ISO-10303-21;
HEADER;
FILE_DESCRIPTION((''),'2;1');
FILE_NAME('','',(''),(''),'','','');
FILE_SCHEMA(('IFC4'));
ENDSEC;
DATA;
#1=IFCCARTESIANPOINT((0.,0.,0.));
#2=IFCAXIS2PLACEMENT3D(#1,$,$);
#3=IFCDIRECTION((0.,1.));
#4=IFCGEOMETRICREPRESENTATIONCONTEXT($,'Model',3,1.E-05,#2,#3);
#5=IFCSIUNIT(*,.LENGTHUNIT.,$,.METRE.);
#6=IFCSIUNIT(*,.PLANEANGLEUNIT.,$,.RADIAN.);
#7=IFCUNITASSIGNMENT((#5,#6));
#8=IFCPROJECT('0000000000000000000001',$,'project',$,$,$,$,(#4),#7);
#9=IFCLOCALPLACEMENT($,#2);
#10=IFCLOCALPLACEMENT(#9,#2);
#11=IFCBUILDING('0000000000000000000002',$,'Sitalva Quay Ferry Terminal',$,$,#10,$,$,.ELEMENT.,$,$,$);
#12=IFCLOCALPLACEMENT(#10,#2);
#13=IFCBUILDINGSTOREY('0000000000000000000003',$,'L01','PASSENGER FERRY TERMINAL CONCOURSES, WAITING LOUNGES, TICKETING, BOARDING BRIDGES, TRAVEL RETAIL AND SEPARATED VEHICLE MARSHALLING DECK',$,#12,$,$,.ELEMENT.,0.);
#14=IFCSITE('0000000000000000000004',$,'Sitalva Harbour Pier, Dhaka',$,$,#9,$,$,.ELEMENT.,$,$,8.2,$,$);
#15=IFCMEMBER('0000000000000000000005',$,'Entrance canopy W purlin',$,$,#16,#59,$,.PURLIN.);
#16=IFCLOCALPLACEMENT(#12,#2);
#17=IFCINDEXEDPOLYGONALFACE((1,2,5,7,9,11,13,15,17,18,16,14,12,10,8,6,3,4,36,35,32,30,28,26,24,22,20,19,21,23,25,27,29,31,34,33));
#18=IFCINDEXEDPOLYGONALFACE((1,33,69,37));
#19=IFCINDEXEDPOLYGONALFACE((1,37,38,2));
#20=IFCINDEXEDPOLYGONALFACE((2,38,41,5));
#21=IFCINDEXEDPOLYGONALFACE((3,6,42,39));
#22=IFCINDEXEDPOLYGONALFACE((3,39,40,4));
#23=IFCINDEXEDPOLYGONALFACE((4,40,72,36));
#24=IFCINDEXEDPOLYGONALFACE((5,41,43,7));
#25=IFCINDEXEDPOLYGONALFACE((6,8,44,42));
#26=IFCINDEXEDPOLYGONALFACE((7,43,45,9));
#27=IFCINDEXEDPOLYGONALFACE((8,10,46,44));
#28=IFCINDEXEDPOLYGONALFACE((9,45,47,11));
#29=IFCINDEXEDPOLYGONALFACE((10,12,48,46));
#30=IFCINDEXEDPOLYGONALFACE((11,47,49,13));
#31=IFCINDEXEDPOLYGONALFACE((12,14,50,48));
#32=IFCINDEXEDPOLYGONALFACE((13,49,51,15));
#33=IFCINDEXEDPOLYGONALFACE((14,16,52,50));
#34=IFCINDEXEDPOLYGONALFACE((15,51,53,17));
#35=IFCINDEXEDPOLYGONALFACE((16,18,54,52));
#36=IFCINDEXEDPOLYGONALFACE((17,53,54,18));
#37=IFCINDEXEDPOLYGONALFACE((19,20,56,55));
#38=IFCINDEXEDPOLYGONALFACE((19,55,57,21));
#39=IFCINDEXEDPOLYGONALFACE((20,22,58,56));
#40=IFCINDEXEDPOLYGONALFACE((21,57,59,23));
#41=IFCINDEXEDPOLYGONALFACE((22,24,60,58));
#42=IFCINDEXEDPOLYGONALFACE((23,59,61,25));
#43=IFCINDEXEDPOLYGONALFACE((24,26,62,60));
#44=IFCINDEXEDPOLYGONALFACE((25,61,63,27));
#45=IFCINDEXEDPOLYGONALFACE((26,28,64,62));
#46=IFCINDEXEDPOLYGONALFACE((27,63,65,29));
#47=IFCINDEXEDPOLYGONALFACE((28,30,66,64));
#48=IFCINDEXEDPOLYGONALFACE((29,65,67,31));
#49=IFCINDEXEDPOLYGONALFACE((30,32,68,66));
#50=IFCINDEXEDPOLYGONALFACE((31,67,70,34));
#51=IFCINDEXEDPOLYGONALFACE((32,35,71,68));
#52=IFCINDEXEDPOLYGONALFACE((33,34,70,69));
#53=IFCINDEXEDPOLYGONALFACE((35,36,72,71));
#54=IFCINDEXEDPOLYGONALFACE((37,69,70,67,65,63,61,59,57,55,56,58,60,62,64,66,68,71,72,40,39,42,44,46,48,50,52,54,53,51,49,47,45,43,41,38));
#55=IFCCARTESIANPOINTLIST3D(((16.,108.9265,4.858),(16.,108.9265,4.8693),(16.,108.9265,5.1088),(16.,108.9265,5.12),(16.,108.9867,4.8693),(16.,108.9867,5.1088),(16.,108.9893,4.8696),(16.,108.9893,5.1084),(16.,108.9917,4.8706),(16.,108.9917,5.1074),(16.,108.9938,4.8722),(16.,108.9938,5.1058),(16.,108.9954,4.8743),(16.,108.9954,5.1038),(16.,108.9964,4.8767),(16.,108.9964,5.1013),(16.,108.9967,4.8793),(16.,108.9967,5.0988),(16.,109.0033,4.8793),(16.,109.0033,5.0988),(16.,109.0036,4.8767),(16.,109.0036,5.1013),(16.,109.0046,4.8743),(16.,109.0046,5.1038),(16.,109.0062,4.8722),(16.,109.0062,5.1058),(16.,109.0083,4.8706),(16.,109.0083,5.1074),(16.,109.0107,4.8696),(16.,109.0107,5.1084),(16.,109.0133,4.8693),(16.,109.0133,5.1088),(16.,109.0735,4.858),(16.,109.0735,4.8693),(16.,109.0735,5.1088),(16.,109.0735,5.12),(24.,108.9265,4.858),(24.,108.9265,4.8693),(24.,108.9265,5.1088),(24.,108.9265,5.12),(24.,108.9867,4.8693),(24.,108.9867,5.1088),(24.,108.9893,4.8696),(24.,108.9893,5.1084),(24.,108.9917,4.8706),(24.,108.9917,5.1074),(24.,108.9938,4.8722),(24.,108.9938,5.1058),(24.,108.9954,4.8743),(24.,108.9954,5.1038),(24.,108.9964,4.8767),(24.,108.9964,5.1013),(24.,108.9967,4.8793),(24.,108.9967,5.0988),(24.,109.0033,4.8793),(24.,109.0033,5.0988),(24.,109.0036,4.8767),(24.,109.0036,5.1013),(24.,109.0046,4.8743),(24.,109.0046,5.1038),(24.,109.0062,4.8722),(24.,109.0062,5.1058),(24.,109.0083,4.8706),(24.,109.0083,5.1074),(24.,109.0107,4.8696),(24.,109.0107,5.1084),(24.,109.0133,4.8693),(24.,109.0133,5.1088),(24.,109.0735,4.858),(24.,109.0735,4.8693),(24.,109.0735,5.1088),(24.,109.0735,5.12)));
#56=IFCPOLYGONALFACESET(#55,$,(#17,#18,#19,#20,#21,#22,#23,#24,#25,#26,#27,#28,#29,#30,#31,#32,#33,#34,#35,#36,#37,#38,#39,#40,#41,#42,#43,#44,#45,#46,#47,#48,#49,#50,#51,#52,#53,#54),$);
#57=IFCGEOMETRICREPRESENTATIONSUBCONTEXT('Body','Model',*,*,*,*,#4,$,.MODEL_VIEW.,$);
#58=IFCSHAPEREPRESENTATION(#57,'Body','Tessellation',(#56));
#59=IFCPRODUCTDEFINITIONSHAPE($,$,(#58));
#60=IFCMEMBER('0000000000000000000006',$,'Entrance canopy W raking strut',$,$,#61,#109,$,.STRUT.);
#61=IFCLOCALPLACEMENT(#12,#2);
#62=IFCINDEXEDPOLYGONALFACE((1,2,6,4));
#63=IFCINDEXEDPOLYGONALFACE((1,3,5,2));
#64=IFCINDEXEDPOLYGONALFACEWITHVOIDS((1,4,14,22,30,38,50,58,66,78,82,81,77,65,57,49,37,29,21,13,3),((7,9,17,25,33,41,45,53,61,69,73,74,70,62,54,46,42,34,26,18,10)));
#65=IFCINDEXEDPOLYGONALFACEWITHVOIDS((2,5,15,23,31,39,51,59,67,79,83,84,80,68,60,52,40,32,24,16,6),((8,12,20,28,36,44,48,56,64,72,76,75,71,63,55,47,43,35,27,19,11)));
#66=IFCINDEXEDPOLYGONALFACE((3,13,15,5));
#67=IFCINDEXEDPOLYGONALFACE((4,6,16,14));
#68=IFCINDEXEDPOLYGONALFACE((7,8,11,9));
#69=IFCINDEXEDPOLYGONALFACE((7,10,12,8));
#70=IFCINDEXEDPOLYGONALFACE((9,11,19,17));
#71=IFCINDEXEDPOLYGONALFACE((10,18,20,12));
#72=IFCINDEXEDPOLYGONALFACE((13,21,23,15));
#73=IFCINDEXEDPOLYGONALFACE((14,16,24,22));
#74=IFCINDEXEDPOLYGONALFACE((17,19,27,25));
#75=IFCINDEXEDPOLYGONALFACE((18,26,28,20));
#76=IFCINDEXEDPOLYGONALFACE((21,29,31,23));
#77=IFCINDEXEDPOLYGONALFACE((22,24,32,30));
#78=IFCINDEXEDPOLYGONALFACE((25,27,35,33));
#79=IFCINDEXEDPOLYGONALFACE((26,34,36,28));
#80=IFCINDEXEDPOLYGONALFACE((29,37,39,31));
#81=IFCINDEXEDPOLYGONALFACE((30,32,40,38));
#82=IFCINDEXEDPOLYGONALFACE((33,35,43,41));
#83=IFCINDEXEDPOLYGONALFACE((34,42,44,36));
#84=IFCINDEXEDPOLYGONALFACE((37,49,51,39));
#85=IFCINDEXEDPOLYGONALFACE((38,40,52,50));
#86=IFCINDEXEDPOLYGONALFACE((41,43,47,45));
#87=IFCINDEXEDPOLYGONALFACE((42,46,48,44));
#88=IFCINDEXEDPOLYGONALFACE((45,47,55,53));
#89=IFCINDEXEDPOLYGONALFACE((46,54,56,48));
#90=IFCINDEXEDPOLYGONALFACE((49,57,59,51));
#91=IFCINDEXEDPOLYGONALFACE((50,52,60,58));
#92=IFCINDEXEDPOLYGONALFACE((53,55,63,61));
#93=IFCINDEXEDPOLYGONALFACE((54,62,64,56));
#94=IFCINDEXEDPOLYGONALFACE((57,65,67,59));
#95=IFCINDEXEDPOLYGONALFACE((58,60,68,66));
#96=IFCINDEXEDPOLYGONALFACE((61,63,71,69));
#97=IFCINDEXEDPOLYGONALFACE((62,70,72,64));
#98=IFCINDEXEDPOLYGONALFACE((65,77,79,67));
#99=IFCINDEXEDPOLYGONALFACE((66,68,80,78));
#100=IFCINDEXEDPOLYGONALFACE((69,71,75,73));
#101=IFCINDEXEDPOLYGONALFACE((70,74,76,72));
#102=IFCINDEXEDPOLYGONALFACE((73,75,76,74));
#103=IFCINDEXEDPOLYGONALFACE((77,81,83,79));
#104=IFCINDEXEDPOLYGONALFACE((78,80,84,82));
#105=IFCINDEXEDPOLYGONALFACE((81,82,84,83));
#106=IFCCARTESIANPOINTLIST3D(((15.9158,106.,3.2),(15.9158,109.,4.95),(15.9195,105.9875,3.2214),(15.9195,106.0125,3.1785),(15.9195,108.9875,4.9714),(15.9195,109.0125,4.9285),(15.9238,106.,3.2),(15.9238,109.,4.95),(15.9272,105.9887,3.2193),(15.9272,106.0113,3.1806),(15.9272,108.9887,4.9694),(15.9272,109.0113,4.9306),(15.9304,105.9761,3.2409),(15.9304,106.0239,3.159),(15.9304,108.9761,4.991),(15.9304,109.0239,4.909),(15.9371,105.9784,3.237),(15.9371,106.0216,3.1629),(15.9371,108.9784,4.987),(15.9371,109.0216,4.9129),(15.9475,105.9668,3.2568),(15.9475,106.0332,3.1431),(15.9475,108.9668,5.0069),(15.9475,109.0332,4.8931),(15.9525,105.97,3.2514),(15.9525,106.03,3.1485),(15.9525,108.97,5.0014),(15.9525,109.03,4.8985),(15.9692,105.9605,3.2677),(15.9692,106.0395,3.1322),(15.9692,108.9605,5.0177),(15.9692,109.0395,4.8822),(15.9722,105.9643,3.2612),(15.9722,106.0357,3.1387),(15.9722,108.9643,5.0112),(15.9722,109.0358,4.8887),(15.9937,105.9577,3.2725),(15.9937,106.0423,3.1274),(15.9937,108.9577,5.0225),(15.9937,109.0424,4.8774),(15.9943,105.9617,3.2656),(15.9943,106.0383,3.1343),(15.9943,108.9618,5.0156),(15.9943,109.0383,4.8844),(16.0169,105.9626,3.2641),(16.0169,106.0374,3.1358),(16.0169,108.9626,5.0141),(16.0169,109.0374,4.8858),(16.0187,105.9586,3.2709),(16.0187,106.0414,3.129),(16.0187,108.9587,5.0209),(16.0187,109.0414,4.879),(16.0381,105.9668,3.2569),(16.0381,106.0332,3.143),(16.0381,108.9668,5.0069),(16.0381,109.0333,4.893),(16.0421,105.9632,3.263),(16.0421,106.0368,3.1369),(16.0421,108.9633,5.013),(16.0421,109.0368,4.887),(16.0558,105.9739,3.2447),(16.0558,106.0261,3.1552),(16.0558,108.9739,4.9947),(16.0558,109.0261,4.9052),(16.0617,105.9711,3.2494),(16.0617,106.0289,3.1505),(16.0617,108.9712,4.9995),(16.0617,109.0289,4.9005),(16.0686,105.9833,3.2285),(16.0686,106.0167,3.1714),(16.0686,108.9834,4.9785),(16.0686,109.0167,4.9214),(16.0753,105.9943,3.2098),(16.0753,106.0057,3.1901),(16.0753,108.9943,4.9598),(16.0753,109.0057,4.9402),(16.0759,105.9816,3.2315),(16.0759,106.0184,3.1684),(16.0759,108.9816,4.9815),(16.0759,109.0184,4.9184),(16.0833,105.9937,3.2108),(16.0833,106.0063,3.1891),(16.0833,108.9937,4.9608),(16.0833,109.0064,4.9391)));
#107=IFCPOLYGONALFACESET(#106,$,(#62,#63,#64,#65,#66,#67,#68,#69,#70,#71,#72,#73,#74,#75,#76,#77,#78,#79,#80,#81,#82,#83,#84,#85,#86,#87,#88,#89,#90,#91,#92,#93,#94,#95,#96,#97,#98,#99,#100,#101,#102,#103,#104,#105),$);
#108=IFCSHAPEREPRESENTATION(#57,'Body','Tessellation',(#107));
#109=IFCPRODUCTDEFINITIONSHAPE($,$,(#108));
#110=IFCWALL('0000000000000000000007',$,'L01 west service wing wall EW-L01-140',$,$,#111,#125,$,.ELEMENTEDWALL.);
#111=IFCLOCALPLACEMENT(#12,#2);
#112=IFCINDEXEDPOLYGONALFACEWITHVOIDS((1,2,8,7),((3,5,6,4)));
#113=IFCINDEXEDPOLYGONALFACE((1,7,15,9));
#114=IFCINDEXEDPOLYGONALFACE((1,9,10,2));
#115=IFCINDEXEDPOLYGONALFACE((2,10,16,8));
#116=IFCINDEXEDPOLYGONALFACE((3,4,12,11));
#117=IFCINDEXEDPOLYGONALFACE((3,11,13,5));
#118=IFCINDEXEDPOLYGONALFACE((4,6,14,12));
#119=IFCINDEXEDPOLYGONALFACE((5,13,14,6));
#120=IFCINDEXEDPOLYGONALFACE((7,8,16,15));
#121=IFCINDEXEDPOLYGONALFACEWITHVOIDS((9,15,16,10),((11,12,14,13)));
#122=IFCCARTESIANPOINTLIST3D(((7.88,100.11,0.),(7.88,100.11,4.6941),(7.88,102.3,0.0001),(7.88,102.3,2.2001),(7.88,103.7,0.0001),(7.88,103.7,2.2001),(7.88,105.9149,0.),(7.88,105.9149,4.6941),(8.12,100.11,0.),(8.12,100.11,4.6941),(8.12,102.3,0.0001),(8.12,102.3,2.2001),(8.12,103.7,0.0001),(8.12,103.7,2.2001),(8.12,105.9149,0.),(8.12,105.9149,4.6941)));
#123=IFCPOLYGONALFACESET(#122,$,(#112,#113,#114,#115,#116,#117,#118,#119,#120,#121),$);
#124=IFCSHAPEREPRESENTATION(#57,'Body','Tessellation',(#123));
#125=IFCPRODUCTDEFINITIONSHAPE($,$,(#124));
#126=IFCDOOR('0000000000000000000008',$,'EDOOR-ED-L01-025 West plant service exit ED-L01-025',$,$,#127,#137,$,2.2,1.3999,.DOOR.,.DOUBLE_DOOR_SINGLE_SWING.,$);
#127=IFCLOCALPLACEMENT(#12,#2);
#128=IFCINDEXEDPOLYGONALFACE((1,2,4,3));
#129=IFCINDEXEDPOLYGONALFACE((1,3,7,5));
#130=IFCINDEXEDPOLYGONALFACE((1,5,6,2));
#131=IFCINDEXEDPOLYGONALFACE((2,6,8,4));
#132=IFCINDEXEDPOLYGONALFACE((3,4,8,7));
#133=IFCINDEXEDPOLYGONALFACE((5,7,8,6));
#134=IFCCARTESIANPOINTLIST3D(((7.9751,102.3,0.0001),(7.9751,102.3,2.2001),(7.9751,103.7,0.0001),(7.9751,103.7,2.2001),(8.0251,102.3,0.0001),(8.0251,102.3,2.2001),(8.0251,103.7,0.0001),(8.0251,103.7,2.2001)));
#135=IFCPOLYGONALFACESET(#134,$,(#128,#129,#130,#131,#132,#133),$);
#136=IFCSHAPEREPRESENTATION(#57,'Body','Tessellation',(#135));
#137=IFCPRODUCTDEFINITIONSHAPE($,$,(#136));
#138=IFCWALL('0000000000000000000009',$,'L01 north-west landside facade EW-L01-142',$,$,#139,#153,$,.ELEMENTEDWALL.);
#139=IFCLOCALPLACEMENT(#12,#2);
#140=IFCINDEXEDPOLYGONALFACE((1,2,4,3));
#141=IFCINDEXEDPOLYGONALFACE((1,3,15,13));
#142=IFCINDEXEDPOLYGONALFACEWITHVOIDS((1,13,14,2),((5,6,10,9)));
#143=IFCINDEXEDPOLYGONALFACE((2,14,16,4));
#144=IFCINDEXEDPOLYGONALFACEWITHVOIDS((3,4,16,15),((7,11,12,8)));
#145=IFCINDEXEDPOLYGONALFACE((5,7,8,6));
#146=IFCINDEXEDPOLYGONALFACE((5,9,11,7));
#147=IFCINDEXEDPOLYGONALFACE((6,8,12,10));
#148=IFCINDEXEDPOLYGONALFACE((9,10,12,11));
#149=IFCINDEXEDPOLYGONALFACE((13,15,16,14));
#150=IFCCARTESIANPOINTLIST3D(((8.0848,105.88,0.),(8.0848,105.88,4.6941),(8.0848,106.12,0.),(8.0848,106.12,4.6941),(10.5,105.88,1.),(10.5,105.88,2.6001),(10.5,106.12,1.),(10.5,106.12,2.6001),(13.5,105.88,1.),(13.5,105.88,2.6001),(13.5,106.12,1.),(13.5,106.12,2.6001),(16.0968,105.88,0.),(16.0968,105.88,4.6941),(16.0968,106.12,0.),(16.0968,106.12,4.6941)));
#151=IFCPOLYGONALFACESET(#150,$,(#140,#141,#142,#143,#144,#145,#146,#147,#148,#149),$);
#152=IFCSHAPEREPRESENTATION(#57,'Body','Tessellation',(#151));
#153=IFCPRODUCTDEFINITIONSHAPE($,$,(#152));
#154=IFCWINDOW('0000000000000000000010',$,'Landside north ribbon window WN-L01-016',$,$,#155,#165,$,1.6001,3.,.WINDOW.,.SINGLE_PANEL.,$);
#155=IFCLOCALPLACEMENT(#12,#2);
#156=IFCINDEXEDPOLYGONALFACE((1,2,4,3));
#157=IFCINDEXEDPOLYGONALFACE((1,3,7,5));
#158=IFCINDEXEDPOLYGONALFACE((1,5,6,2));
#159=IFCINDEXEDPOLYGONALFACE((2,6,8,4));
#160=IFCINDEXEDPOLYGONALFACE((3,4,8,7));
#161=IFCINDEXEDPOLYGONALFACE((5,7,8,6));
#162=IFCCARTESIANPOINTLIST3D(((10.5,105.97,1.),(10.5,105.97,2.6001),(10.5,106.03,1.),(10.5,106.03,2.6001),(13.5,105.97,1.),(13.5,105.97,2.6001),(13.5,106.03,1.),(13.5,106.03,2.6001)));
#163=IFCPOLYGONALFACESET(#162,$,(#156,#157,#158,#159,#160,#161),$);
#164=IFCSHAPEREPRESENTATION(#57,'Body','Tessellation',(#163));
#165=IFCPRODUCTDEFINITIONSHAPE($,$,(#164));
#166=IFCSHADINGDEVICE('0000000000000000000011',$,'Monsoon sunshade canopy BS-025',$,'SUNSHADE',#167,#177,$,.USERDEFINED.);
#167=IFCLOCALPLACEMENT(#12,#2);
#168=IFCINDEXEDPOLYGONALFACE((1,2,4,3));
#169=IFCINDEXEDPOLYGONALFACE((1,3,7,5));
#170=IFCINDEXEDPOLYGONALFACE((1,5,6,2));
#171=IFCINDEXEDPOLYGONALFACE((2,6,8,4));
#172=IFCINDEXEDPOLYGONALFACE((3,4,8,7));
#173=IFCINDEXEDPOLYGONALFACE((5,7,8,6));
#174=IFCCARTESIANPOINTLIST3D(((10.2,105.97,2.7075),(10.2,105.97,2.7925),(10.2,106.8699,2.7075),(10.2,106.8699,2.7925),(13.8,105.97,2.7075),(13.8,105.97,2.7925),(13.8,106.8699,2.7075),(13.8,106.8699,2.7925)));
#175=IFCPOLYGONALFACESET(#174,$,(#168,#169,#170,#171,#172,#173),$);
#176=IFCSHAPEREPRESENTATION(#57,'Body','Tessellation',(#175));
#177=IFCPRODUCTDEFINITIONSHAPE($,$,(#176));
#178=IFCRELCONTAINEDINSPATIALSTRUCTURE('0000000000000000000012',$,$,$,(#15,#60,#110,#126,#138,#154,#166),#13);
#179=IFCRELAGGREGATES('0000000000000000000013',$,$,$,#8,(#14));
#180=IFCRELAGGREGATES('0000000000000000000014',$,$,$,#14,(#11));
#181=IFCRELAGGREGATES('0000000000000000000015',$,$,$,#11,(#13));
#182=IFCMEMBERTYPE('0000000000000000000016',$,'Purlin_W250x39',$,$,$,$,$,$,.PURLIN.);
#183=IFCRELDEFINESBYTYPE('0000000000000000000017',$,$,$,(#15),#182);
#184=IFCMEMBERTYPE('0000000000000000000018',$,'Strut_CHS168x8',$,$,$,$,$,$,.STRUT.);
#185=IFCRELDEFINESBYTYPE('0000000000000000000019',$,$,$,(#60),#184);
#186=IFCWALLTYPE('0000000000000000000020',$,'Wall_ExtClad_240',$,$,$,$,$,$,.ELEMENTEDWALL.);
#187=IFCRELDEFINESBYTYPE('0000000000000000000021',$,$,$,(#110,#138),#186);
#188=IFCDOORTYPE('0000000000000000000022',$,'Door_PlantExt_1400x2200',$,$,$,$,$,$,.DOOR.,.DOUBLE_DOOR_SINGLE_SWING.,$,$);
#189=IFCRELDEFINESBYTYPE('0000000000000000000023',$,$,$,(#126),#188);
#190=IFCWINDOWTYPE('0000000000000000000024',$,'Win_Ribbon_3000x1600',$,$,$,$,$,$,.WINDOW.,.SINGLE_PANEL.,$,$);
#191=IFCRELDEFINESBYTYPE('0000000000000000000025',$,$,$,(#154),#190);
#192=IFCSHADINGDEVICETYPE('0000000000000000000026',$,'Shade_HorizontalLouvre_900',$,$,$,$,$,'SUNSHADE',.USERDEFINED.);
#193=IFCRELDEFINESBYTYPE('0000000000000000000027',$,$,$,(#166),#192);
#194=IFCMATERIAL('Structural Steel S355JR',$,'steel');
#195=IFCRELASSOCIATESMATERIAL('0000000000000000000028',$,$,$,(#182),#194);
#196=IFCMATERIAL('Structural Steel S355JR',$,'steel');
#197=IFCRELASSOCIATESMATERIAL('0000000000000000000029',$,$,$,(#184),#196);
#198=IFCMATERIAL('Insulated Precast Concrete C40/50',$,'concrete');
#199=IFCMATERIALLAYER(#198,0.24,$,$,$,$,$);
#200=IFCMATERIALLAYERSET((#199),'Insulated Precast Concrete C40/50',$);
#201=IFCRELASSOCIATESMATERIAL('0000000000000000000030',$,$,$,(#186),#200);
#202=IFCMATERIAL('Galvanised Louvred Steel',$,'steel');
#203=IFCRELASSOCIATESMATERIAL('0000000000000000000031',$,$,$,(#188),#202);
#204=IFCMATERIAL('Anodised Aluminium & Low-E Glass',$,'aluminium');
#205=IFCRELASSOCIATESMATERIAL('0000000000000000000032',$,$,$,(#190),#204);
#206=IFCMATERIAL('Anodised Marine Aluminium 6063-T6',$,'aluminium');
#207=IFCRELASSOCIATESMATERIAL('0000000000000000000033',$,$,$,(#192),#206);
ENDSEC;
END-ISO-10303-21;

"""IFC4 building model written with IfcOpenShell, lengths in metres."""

from ifc_helpers import new_model, si_unit, direction, frame, frame_2d, origin, origin_2d, place, context, subcontext, project, spatial, rectangle, hollow_circle, i_section, extrude, material, layer, layer_set, material_profile, profile_set, type_object, element, fill, save


model = new_model("IFC4")

# Units and contexts
model_context = context("Model", 3, precision=1e-05, world=origin(), true_north=direction((0.0, 1.0)))
body_context = subcontext(model_context, "Body", "Model", "MODEL_VIEW")
ifc_project = project(units=[si_unit("LENGTHUNIT", "METRE"), si_unit("PLANEANGLEUNIT", "RADIAN")], contexts=[model_context])

# Site, building, storey
site_placement = place(None, origin())
site = spatial("IfcSite", under=ifc_project, at=site_placement, Name="Sitalva Harbour Pier, Dhaka", CompositionType="ELEMENT", RefElevation=8.2)
building_placement = place(site_placement, origin())
building = spatial("IfcBuilding", under=site, at=building_placement, Name="Sitalva Quay Ferry Terminal", CompositionType="ELEMENT")
storey_placement = place(building_placement, origin())
storey = spatial("IfcBuildingStorey", under=building, at=storey_placement, Name="L01", Description="PASSENGER FERRY TERMINAL CONCOURSES, WAITING LOUNGES, TICKETING, BOARDING BRIDGES, TRAVEL RETAIL AND SEPARATED VEHICLE MARSHALLING DECK", CompositionType="ELEMENT", Elevation=0.0)

# Members
ifc_material_1 = material(Name="Structural Steel S355JR", Category="steel")
ifc_material_profile_1 = material_profile(ifc_material_1, i_section(OverallWidth=0.147, OverallDepth=0.262, WebThickness=0.0066, FlangeThickness=0.0112, FilletRadius=0.01, at=origin_2d()), Name="W250x39")
ifc_profile_set_1 = profile_set([ifc_material_profile_1], Name="Structural Steel S355JR")
member_type_1 = type_object("IfcMemberType", Name="Purlin_W250x39", PredefinedType="PURLIN", material=ifc_profile_set_1)
for number, where, z_axis, x_axis, name in (
    (1, (16.0, 109.0, 4.989), (1.0, 0.0, 0.0), (0.0, 1.0, 0.0), "Entrance canopy W purlin"),
):
    element("IfcMember", number, at=place(storey_placement, frame(where, z_axis=z_axis, x_axis=x_axis)), inside=storey, type_object=member_type_1, Name=name, PredefinedType="PURLIN", context=body_context, shape_type="SweptSolid", body=[
        extrude(i_section(OverallWidth=0.147, OverallDepth=0.262, WebThickness=0.0066, FlangeThickness=0.0112, FilletRadius=0.01, at=origin_2d()), origin(), (0.0, 0.0, 1.0), 8.0),
    ])
ifc_material_2 = material(Name="Structural Steel S355JR", Category="steel")
ifc_material_profile_2 = material_profile(ifc_material_2, hollow_circle(Radius=0.0842, WallThickness=0.0081, at=origin_2d()), Name="CHS168x8")
ifc_profile_set_2 = profile_set([ifc_material_profile_2], Name="Structural Steel S355JR")
member_type_2 = type_object("IfcMemberType", Name="Strut_CHS168x8", PredefinedType="STRUT", material=ifc_profile_set_2)
member_placement = place(storey_placement, frame((16.0, 106.0, 3.2), z_axis=(0.0, 0.863779, 0.503871), x_axis=(-1.0, 0.0, 0.0)))
element("IfcMember", 2, at=member_placement, inside=storey, type_object=member_type_2, Name="Entrance canopy W raking strut", PredefinedType="STRUT", context=body_context, shape_type="SweptSolid", body=[
    extrude(hollow_circle(Radius=0.0842, WallThickness=0.0081, at=origin_2d()), origin(), (0.0, 0.0, 1.0), 3.4731),
])

# Wall, opening, door
ifc_material_3 = material(Name="Insulated Precast Concrete C40/50", Category="concrete")
ifc_layer = layer(ifc_material_3, 0.24)
ifc_layer_set = layer_set([ifc_layer], Name="Insulated Precast Concrete C40/50")
wall_type = type_object("IfcWallType", Name="Wall_ExtClad_240", PredefinedType="ELEMENTEDWALL", material=ifc_layer_set)
wall_1_placement = place(storey_placement, frame((8.0, 100.1101, 0.0), z_axis=(0.0, 0.0, 1.0), x_axis=(0.0, 1.0, 0.0)))
wall_1 = element("IfcWall", 3, at=wall_1_placement, inside=storey, type_object=wall_type, Name="L01 west service wing wall EW-L01-140", PredefinedType="ELEMENTEDWALL", context=body_context, shape_type="SweptSolid", body=[
    extrude(rectangle(XDim=5.8049, YDim=0.24, at=frame_2d((2.9023, 0.0))), origin(), (0.0, 0.0, 1.0), 4.6941),
])
opening_1_placement = place(wall_1_placement, frame((2.1899, 0.0, 0.0)))
opening_1 = element("IfcOpeningElement", 4, at=opening_1_placement, cuts=wall_1, PredefinedType="OPENING", context=body_context, shape_type="SweptSolid", body=[
    extrude(rectangle(XDim=1.3999, YDim=2.2, at=frame_2d((0.7, 1.1001))), frame((0.0, 0.1299, 0.0), z_axis=(0.0, -1.0, 0.0), x_axis=(1.0, 0.0, 0.0)), (0.0, 0.0, 1.0), 0.26),
])
ifc_material_4 = material(Name="Galvanised Louvred Steel", Category="steel")
door_type = type_object("IfcDoorType", Name="Door_PlantExt_1400x2200", OperationType="DOUBLE_DOOR_SINGLE_SWING", PredefinedType="DOOR", material=ifc_material_4)
door_placement = place(opening_1_placement, origin())
door = element("IfcDoor", 5, at=door_placement, inside=storey, type_object=door_type, Name="EDOOR-ED-L01-025 West plant service exit ED-L01-025", OperationType="DOUBLE_DOOR_SINGLE_SWING", OverallHeight=2.2, OverallWidth=1.3999, PredefinedType="DOOR", context=body_context, shape_type="SweptSolid", body=[
    extrude(rectangle(XDim=1.3999, YDim=2.2, at=frame_2d((0.7, 1.1001))), frame((0.0, 0.0249, 0.0), z_axis=(0.0, -1.0, 0.0), x_axis=(1.0, 0.0, 0.0)), (0.0, 0.0, 1.0), 0.05),
])
fill(opening_1, door)

# Wall, opening, window
wall_2_placement = place(storey_placement, frame((8.085, 106.0, 0.0), z_axis=(0.0, 0.0, 1.0), x_axis=(1.0, 0.0, 0.0)))
wall_2 = element("IfcWall", 6, at=wall_2_placement, inside=storey, type_object=wall_type, Name="L01 north-west landside facade EW-L01-142", PredefinedType="ELEMENTEDWALL", context=body_context, shape_type="SweptSolid", body=[
    extrude(rectangle(XDim=8.012, YDim=0.24, at=frame_2d((4.0059, 0.0))), origin(), (0.0, 0.0, 1.0), 4.6941),
])
opening_2_placement = place(wall_2_placement, frame((2.415, 0.0, 1.0)))
opening_2 = element("IfcOpeningElement", 7, at=opening_2_placement, cuts=wall_2, PredefinedType="OPENING", context=body_context, shape_type="SweptSolid", body=[
    extrude(rectangle(XDim=3.0, YDim=1.6001, at=frame_2d((1.5, 0.8))), frame((0.0, 0.1299, 0.0), z_axis=(0.0, -1.0, 0.0), x_axis=(1.0, 0.0, 0.0)), (0.0, 0.0, 1.0), 0.26),
])
ifc_material_5 = material(Name="Anodised Aluminium & Low-E Glass", Category="aluminium")
window_type = type_object("IfcWindowType", Name="Win_Ribbon_3000x1600", PartitioningType="SINGLE_PANEL", PredefinedType="WINDOW", material=ifc_material_5)
window_placement = place(opening_2_placement, origin())
window = element("IfcWindow", 8, at=window_placement, inside=storey, type_object=window_type, Name="Landside north ribbon window WN-L01-016", OverallHeight=1.6001, OverallWidth=3.0, PartitioningType="SINGLE_PANEL", PredefinedType="WINDOW", context=body_context, shape_type="SweptSolid", body=[
    extrude(rectangle(XDim=3.0, YDim=1.6001, at=frame_2d((1.5, 0.8))), frame((0.0, 0.03, 0.0), z_axis=(0.0, -1.0, 0.0), x_axis=(1.0, 0.0, 0.0)), (0.0, 0.0, 1.0), 0.0601),
])
fill(opening_2, window)

# Shading device
ifc_material_6 = material(Name="Anodised Marine Aluminium 6063-T6", Category="aluminium")
shading_device_type = type_object("IfcShadingDeviceType", Name="Shade_HorizontalLouvre_900", ElementType="SUNSHADE", PredefinedType="USERDEFINED", material=ifc_material_6)
shading_device_placement = place(storey_placement, frame((12.0, 106.4199, 2.7075), z_axis=(0.0, 0.0, 1.0), x_axis=(1.0, 0.0, 0.0)))
element("IfcShadingDevice", 9, at=shading_device_placement, inside=storey, type_object=shading_device_type, Name="Monsoon sunshade canopy BS-025", ObjectType="SUNSHADE", PredefinedType="USERDEFINED", context=body_context, shape_type="SweptSolid", body=[
    extrude(rectangle(XDim=3.6001, YDim=0.8999, at=origin_2d()), origin(), (0.0, 0.0, 1.0), 0.085),
])

save(model, "model.ifc")
